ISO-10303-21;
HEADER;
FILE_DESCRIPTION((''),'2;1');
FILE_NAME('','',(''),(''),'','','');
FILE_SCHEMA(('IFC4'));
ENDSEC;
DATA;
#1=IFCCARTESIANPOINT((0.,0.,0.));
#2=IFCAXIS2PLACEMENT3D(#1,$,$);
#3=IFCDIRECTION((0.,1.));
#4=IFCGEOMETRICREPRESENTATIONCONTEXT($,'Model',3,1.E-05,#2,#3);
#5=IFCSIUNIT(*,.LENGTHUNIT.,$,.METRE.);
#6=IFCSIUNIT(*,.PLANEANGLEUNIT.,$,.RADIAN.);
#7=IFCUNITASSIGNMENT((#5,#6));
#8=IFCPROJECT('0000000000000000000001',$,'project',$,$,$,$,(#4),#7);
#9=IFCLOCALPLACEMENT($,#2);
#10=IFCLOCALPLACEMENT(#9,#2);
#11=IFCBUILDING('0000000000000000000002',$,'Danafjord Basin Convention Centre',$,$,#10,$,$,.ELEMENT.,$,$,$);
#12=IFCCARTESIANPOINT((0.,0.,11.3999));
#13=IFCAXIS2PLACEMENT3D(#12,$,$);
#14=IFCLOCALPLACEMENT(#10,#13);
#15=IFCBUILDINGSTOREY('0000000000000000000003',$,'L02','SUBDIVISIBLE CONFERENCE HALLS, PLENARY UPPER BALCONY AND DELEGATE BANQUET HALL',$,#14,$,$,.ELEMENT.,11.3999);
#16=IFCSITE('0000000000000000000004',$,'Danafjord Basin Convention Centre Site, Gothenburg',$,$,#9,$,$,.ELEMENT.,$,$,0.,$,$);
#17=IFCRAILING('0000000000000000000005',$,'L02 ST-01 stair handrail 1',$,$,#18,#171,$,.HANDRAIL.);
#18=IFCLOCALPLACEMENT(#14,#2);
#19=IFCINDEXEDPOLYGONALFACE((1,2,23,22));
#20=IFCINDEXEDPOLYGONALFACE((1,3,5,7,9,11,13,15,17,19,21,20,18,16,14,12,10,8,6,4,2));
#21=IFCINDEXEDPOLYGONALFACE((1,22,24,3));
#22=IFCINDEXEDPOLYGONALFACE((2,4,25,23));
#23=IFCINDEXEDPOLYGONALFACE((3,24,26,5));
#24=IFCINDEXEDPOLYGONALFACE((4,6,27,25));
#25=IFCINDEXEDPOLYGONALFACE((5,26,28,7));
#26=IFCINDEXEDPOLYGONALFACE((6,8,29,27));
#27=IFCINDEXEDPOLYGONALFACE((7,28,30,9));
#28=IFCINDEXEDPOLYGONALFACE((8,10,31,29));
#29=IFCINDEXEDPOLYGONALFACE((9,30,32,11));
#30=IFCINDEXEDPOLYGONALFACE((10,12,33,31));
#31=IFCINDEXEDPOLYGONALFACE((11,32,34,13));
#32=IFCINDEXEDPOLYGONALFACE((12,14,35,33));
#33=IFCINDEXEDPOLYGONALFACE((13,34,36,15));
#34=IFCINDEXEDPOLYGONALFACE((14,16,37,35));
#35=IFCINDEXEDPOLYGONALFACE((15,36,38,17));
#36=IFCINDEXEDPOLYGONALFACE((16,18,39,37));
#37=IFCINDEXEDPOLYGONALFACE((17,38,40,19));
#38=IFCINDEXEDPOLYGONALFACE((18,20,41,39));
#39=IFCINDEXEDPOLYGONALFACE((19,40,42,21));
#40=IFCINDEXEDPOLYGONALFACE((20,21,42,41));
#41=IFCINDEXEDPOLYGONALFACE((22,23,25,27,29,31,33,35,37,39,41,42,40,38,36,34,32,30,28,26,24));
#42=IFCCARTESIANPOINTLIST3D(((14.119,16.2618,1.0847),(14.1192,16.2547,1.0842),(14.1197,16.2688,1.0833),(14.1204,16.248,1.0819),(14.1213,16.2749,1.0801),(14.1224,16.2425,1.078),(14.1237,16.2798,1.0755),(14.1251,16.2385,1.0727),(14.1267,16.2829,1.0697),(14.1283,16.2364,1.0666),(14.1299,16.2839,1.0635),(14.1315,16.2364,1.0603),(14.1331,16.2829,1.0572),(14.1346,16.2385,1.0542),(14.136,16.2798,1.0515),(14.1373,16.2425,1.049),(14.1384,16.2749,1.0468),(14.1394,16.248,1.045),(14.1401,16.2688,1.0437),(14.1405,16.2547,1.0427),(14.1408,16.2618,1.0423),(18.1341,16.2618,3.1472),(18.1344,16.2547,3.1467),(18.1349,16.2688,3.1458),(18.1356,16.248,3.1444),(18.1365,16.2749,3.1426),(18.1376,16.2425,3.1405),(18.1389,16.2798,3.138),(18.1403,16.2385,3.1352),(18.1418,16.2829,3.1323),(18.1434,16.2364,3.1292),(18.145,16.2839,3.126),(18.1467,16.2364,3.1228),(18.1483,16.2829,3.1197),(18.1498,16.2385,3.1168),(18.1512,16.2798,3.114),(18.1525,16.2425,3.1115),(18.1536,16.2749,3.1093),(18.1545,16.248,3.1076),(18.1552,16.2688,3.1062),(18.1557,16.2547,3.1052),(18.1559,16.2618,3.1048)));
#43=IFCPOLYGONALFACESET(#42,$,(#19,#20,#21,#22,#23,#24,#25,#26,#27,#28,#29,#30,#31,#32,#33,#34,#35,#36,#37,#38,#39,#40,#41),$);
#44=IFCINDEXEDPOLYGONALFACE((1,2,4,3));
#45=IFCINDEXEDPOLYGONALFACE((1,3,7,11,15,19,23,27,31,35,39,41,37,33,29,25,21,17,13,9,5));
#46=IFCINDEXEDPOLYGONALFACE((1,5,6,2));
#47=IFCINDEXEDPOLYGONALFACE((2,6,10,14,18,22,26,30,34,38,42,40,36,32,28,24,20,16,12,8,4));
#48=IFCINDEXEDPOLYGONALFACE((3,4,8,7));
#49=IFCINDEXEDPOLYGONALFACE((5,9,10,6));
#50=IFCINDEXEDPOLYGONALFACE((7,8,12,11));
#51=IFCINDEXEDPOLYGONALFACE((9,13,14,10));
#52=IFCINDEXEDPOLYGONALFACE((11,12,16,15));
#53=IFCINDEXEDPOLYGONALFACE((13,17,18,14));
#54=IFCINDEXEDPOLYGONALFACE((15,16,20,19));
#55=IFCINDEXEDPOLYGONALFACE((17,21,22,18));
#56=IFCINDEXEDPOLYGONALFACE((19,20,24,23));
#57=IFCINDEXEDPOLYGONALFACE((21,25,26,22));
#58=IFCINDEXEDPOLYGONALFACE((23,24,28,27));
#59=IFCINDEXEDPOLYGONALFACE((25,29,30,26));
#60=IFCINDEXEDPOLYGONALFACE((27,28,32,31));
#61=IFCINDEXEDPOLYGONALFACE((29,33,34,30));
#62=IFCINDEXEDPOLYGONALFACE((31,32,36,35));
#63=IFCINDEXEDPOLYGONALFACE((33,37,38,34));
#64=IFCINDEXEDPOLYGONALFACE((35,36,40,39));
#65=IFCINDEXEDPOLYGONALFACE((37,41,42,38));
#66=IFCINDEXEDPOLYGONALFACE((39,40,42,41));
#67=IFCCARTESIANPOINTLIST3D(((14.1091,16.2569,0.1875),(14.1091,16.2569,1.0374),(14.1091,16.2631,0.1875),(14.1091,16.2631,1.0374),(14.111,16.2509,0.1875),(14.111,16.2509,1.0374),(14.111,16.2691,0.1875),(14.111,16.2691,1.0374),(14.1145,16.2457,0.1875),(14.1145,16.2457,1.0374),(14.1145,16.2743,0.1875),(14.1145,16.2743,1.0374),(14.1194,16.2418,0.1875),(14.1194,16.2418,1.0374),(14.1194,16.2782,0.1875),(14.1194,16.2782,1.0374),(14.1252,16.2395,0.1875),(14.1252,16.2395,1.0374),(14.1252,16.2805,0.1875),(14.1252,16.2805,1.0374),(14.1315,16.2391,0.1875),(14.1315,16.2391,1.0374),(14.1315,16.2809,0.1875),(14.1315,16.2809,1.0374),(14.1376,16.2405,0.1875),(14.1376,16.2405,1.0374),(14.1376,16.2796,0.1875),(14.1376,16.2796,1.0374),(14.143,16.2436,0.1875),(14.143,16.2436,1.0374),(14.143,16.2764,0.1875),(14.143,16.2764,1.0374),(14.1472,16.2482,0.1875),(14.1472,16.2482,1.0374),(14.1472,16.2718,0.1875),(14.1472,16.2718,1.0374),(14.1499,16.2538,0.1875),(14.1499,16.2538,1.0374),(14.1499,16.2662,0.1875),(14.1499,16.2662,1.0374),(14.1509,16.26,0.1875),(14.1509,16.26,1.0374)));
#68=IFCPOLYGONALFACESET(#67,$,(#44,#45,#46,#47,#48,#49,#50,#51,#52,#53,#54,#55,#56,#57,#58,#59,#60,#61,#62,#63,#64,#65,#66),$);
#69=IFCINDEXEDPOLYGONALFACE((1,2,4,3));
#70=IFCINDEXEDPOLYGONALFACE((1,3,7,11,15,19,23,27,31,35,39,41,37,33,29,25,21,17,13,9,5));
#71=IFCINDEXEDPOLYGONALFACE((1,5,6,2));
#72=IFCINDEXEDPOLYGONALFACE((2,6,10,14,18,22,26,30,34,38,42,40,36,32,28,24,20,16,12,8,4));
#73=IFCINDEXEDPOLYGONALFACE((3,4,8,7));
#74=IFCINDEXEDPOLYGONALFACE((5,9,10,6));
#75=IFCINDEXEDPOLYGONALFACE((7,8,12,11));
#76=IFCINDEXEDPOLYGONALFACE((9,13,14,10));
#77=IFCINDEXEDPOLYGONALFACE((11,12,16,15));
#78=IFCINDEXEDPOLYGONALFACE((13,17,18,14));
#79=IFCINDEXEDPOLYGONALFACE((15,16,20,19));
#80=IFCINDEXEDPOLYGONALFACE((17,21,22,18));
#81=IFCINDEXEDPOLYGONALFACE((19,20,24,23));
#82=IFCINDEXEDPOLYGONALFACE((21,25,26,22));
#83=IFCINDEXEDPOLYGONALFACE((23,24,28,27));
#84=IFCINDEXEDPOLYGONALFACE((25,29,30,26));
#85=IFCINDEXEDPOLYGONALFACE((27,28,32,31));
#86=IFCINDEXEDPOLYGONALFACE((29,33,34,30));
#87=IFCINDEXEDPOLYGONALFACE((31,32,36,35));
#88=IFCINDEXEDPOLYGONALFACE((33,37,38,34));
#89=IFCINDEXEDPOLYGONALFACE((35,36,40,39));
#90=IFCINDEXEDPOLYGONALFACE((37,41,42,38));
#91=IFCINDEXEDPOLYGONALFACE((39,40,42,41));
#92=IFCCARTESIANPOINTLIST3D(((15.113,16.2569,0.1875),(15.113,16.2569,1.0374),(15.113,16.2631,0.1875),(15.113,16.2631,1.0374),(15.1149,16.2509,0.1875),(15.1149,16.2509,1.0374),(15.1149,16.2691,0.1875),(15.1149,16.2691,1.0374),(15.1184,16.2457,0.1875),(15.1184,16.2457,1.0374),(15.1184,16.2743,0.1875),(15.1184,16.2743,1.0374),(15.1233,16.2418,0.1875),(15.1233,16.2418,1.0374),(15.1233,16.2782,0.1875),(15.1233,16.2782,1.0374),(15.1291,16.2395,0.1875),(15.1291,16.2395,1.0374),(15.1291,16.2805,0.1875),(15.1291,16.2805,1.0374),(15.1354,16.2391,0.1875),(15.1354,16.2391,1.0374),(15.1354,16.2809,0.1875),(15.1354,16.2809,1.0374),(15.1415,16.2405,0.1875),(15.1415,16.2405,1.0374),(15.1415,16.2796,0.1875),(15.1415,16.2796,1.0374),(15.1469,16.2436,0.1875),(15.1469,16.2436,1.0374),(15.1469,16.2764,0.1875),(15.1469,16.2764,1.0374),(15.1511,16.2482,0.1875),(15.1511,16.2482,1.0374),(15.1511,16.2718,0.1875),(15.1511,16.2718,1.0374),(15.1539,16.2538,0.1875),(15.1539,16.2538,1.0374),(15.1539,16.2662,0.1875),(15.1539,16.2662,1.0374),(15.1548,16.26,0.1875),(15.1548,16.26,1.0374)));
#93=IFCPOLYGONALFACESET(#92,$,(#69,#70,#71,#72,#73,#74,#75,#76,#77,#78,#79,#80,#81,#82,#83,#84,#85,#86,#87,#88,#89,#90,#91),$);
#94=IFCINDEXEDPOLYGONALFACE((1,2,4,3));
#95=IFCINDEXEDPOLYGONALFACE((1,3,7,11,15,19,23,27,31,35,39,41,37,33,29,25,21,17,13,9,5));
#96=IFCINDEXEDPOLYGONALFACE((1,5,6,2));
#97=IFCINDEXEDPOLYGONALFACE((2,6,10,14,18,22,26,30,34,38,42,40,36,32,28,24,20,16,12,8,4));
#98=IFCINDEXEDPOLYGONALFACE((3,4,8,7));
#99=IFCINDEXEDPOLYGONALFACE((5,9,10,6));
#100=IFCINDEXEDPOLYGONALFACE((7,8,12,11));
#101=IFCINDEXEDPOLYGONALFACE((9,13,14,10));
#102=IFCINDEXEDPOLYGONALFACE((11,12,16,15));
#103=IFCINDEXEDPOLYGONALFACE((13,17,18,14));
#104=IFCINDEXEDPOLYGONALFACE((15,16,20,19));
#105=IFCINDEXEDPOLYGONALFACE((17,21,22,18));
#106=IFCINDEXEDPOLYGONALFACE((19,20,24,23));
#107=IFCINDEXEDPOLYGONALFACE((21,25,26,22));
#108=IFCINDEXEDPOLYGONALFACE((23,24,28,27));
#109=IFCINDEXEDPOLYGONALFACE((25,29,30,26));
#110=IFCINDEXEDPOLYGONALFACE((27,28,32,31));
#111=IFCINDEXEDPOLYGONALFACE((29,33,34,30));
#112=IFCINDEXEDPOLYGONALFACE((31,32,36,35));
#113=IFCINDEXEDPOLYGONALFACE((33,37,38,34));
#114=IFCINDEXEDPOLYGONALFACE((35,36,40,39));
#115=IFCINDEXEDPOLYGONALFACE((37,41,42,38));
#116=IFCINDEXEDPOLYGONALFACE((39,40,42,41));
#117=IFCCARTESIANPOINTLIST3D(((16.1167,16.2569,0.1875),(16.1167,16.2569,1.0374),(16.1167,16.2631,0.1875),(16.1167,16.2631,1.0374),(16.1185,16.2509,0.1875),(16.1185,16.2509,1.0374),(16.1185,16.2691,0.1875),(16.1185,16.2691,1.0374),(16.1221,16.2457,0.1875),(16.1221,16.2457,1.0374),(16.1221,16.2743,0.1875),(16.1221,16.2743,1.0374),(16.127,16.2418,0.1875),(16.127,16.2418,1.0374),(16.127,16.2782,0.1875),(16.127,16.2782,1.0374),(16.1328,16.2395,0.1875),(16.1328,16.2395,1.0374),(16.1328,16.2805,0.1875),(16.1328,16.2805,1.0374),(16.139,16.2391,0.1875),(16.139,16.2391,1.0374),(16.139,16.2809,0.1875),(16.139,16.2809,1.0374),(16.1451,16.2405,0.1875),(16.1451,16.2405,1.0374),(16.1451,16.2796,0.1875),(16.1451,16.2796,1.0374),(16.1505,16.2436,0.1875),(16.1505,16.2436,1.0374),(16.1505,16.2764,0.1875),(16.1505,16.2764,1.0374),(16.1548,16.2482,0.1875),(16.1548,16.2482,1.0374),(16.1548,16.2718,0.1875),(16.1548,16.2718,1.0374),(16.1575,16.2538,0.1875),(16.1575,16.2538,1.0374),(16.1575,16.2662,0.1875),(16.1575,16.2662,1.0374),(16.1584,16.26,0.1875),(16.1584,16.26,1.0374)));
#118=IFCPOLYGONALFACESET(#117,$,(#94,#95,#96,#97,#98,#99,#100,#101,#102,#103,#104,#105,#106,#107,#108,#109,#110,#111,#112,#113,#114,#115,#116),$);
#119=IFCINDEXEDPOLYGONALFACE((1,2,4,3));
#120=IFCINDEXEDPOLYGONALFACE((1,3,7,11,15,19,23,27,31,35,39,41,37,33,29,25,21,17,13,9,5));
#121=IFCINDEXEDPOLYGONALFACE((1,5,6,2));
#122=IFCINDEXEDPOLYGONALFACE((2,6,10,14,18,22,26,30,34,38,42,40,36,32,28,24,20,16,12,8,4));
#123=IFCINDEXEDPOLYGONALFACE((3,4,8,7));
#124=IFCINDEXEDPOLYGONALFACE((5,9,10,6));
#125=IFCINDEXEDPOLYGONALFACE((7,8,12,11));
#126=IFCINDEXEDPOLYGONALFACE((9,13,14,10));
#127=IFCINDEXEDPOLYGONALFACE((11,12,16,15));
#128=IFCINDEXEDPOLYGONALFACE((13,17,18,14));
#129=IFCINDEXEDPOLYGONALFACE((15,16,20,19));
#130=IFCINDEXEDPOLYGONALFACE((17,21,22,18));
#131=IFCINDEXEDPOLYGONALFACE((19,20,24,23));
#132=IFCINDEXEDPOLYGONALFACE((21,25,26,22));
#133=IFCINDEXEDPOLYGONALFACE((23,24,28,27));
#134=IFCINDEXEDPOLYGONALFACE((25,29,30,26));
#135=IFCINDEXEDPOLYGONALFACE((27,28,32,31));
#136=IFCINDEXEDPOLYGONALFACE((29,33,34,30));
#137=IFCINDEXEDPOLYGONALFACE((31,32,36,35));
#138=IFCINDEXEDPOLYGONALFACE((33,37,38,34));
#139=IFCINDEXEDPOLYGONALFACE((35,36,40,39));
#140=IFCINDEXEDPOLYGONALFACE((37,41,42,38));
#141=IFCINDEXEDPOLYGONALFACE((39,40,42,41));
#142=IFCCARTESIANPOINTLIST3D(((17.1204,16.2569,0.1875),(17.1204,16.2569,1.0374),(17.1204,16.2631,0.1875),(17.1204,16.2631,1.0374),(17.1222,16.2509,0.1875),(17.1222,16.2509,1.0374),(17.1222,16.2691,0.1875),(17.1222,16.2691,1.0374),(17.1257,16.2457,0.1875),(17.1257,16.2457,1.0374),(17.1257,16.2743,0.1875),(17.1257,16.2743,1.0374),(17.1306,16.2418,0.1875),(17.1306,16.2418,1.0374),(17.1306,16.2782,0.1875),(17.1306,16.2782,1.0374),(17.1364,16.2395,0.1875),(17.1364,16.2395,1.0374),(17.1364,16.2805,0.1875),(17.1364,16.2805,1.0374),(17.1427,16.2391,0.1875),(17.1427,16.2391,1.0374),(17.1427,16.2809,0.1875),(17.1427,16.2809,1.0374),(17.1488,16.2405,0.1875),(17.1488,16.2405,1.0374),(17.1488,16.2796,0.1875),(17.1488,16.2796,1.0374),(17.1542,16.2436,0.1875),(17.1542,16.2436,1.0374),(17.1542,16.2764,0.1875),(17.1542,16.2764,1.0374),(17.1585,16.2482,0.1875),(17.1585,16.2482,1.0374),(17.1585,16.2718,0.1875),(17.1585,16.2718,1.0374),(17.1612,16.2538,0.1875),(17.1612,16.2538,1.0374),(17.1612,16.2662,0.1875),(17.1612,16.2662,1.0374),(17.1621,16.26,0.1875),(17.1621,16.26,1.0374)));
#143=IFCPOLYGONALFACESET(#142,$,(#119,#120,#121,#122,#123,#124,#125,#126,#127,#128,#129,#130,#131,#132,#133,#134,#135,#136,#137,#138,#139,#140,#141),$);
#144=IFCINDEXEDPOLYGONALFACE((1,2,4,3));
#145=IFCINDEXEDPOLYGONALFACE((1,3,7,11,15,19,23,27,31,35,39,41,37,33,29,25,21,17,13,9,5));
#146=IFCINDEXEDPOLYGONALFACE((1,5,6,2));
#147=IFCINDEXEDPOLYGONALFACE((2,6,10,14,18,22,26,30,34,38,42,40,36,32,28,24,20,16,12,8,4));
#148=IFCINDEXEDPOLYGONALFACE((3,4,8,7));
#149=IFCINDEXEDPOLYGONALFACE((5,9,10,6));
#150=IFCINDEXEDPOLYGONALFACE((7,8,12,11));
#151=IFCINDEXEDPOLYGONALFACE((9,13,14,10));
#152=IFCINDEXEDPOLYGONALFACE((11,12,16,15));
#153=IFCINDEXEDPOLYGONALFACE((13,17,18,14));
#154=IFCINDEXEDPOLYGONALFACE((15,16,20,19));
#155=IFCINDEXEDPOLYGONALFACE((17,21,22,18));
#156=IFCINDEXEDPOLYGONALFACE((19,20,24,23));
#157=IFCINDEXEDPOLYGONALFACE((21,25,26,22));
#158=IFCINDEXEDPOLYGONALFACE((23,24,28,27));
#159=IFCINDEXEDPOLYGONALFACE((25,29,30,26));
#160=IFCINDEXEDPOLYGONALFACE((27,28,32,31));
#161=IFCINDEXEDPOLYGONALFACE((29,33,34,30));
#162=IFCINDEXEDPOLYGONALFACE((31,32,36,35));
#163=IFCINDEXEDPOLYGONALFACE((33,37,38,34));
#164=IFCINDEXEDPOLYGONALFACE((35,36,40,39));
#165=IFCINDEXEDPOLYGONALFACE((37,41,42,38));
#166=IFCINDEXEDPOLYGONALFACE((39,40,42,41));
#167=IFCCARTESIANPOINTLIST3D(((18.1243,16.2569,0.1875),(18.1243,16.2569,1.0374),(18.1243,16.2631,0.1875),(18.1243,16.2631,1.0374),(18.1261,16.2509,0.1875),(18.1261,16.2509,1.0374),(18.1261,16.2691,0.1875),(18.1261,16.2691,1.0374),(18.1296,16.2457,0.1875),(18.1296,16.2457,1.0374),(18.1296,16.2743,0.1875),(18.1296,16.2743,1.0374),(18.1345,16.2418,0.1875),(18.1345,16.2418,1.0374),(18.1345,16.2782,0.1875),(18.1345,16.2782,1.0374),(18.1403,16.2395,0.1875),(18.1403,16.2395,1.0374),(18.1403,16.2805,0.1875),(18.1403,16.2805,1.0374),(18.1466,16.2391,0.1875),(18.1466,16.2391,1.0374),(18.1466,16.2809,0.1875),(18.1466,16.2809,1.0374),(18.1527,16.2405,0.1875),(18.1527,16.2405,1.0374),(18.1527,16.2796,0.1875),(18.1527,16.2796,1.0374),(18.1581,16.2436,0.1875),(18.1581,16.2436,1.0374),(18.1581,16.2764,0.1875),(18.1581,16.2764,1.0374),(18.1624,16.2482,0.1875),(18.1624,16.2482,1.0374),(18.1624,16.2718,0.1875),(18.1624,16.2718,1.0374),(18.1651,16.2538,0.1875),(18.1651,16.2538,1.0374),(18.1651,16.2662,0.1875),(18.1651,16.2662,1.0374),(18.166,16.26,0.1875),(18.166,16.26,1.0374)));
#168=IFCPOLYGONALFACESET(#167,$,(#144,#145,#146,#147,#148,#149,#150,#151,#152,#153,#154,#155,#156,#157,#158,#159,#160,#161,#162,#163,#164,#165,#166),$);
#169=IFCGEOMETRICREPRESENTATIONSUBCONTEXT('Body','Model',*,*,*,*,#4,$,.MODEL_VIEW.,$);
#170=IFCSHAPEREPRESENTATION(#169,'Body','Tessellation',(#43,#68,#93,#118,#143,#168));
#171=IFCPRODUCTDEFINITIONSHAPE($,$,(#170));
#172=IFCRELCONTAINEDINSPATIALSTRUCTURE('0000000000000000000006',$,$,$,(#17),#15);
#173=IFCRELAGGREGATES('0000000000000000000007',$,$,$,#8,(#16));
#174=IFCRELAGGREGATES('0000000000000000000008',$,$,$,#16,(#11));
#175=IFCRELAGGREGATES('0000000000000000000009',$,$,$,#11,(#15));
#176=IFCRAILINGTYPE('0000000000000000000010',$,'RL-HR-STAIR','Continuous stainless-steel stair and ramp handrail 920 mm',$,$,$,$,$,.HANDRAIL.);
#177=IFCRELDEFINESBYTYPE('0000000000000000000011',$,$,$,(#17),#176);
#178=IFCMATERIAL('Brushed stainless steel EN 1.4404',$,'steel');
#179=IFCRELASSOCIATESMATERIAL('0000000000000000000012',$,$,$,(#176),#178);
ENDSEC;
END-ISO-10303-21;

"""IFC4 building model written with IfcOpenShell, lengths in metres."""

from ifc_helpers import new_model, si_unit, direction, frame, origin, origin_2d, place, context, subcontext, project, spatial, circle, extrude, material, type_object, element, save


model = new_model("IFC4")

# Units and contexts
model_context = context("Model", 3, precision=1e-05, world=origin(), true_north=direction((0.0, 1.0)))
body_context = subcontext(model_context, "Body", "Model", "MODEL_VIEW")
ifc_project = project(units=[si_unit("LENGTHUNIT", "METRE"), si_unit("PLANEANGLEUNIT", "RADIAN")], contexts=[model_context])

# Site, building, storey
site_placement = place(None, origin())
site = spatial("IfcSite", under=ifc_project, at=site_placement, Name="Danafjord Basin Convention Centre Site, Gothenburg", CompositionType="ELEMENT", RefElevation=0.0)
building_placement = place(site_placement, origin())
building = spatial("IfcBuilding", under=site, at=building_placement, Name="Danafjord Basin Convention Centre", CompositionType="ELEMENT")
storey_placement = place(building_placement, frame((0.0, 0.0, 11.3999)))
storey = spatial("IfcBuildingStorey", under=building, at=storey_placement, Name="L02", Description="SUBDIVISIBLE CONFERENCE HALLS, PLENARY UPPER BALCONY AND DELEGATE BANQUET HALL", CompositionType="ELEMENT", Elevation=11.3999)

# Railing
ifc_material_1 = material(Name="Brushed stainless steel EN 1.4404", Category="steel")
railing_type_1 = type_object("IfcRailingType", Name="RL-HR-STAIR", Description="Continuous stainless-steel stair and ramp handrail 920 mm", PredefinedType="HANDRAIL", material=ifc_material_1)
railing_1_placement = place(storey_placement, frame((14.1299, 16.26, 0.1875)))
element("IfcRailing", 1, at=railing_1_placement, inside=storey, type_object=railing_type_1, Name="L02 ST-01 stair handrail 1", PredefinedType="HANDRAIL", context=body_context, shape_type="SweptSolid", body=[
    extrude(circle(Radius=0.0239, at=origin_2d()), frame((0.0, 0.0, 0.876), z_axis=(0.889506, 0.0, 0.456923), x_axis=(0.0, 1.0, 0.0)), (0.0, 0.0, 1.0), 4.5139),
    extrude(circle(Radius=0.021, at=origin_2d()), origin(), (0.0, 0.0, 1.0), 0.8499),
    extrude(circle(Radius=0.021, at=origin_2d()), frame((1.0039, 0.0, 0.0)), (0.0, 0.0, 1.0), 0.8499),
    extrude(circle(Radius=0.021, at=origin_2d()), frame((2.0076, 0.0, 0.0)), (0.0, 0.0, 1.0), 0.8499),
    extrude(circle(Radius=0.021, at=origin_2d()), frame((3.0112, 0.0, 0.0)), (0.0, 0.0, 1.0), 0.8499),
    extrude(circle(Radius=0.021, at=origin_2d()), frame((4.0151, 0.0, 0.0)), (0.0, 0.0, 1.0), 0.8499),
])

save(model, "model.ifc")
